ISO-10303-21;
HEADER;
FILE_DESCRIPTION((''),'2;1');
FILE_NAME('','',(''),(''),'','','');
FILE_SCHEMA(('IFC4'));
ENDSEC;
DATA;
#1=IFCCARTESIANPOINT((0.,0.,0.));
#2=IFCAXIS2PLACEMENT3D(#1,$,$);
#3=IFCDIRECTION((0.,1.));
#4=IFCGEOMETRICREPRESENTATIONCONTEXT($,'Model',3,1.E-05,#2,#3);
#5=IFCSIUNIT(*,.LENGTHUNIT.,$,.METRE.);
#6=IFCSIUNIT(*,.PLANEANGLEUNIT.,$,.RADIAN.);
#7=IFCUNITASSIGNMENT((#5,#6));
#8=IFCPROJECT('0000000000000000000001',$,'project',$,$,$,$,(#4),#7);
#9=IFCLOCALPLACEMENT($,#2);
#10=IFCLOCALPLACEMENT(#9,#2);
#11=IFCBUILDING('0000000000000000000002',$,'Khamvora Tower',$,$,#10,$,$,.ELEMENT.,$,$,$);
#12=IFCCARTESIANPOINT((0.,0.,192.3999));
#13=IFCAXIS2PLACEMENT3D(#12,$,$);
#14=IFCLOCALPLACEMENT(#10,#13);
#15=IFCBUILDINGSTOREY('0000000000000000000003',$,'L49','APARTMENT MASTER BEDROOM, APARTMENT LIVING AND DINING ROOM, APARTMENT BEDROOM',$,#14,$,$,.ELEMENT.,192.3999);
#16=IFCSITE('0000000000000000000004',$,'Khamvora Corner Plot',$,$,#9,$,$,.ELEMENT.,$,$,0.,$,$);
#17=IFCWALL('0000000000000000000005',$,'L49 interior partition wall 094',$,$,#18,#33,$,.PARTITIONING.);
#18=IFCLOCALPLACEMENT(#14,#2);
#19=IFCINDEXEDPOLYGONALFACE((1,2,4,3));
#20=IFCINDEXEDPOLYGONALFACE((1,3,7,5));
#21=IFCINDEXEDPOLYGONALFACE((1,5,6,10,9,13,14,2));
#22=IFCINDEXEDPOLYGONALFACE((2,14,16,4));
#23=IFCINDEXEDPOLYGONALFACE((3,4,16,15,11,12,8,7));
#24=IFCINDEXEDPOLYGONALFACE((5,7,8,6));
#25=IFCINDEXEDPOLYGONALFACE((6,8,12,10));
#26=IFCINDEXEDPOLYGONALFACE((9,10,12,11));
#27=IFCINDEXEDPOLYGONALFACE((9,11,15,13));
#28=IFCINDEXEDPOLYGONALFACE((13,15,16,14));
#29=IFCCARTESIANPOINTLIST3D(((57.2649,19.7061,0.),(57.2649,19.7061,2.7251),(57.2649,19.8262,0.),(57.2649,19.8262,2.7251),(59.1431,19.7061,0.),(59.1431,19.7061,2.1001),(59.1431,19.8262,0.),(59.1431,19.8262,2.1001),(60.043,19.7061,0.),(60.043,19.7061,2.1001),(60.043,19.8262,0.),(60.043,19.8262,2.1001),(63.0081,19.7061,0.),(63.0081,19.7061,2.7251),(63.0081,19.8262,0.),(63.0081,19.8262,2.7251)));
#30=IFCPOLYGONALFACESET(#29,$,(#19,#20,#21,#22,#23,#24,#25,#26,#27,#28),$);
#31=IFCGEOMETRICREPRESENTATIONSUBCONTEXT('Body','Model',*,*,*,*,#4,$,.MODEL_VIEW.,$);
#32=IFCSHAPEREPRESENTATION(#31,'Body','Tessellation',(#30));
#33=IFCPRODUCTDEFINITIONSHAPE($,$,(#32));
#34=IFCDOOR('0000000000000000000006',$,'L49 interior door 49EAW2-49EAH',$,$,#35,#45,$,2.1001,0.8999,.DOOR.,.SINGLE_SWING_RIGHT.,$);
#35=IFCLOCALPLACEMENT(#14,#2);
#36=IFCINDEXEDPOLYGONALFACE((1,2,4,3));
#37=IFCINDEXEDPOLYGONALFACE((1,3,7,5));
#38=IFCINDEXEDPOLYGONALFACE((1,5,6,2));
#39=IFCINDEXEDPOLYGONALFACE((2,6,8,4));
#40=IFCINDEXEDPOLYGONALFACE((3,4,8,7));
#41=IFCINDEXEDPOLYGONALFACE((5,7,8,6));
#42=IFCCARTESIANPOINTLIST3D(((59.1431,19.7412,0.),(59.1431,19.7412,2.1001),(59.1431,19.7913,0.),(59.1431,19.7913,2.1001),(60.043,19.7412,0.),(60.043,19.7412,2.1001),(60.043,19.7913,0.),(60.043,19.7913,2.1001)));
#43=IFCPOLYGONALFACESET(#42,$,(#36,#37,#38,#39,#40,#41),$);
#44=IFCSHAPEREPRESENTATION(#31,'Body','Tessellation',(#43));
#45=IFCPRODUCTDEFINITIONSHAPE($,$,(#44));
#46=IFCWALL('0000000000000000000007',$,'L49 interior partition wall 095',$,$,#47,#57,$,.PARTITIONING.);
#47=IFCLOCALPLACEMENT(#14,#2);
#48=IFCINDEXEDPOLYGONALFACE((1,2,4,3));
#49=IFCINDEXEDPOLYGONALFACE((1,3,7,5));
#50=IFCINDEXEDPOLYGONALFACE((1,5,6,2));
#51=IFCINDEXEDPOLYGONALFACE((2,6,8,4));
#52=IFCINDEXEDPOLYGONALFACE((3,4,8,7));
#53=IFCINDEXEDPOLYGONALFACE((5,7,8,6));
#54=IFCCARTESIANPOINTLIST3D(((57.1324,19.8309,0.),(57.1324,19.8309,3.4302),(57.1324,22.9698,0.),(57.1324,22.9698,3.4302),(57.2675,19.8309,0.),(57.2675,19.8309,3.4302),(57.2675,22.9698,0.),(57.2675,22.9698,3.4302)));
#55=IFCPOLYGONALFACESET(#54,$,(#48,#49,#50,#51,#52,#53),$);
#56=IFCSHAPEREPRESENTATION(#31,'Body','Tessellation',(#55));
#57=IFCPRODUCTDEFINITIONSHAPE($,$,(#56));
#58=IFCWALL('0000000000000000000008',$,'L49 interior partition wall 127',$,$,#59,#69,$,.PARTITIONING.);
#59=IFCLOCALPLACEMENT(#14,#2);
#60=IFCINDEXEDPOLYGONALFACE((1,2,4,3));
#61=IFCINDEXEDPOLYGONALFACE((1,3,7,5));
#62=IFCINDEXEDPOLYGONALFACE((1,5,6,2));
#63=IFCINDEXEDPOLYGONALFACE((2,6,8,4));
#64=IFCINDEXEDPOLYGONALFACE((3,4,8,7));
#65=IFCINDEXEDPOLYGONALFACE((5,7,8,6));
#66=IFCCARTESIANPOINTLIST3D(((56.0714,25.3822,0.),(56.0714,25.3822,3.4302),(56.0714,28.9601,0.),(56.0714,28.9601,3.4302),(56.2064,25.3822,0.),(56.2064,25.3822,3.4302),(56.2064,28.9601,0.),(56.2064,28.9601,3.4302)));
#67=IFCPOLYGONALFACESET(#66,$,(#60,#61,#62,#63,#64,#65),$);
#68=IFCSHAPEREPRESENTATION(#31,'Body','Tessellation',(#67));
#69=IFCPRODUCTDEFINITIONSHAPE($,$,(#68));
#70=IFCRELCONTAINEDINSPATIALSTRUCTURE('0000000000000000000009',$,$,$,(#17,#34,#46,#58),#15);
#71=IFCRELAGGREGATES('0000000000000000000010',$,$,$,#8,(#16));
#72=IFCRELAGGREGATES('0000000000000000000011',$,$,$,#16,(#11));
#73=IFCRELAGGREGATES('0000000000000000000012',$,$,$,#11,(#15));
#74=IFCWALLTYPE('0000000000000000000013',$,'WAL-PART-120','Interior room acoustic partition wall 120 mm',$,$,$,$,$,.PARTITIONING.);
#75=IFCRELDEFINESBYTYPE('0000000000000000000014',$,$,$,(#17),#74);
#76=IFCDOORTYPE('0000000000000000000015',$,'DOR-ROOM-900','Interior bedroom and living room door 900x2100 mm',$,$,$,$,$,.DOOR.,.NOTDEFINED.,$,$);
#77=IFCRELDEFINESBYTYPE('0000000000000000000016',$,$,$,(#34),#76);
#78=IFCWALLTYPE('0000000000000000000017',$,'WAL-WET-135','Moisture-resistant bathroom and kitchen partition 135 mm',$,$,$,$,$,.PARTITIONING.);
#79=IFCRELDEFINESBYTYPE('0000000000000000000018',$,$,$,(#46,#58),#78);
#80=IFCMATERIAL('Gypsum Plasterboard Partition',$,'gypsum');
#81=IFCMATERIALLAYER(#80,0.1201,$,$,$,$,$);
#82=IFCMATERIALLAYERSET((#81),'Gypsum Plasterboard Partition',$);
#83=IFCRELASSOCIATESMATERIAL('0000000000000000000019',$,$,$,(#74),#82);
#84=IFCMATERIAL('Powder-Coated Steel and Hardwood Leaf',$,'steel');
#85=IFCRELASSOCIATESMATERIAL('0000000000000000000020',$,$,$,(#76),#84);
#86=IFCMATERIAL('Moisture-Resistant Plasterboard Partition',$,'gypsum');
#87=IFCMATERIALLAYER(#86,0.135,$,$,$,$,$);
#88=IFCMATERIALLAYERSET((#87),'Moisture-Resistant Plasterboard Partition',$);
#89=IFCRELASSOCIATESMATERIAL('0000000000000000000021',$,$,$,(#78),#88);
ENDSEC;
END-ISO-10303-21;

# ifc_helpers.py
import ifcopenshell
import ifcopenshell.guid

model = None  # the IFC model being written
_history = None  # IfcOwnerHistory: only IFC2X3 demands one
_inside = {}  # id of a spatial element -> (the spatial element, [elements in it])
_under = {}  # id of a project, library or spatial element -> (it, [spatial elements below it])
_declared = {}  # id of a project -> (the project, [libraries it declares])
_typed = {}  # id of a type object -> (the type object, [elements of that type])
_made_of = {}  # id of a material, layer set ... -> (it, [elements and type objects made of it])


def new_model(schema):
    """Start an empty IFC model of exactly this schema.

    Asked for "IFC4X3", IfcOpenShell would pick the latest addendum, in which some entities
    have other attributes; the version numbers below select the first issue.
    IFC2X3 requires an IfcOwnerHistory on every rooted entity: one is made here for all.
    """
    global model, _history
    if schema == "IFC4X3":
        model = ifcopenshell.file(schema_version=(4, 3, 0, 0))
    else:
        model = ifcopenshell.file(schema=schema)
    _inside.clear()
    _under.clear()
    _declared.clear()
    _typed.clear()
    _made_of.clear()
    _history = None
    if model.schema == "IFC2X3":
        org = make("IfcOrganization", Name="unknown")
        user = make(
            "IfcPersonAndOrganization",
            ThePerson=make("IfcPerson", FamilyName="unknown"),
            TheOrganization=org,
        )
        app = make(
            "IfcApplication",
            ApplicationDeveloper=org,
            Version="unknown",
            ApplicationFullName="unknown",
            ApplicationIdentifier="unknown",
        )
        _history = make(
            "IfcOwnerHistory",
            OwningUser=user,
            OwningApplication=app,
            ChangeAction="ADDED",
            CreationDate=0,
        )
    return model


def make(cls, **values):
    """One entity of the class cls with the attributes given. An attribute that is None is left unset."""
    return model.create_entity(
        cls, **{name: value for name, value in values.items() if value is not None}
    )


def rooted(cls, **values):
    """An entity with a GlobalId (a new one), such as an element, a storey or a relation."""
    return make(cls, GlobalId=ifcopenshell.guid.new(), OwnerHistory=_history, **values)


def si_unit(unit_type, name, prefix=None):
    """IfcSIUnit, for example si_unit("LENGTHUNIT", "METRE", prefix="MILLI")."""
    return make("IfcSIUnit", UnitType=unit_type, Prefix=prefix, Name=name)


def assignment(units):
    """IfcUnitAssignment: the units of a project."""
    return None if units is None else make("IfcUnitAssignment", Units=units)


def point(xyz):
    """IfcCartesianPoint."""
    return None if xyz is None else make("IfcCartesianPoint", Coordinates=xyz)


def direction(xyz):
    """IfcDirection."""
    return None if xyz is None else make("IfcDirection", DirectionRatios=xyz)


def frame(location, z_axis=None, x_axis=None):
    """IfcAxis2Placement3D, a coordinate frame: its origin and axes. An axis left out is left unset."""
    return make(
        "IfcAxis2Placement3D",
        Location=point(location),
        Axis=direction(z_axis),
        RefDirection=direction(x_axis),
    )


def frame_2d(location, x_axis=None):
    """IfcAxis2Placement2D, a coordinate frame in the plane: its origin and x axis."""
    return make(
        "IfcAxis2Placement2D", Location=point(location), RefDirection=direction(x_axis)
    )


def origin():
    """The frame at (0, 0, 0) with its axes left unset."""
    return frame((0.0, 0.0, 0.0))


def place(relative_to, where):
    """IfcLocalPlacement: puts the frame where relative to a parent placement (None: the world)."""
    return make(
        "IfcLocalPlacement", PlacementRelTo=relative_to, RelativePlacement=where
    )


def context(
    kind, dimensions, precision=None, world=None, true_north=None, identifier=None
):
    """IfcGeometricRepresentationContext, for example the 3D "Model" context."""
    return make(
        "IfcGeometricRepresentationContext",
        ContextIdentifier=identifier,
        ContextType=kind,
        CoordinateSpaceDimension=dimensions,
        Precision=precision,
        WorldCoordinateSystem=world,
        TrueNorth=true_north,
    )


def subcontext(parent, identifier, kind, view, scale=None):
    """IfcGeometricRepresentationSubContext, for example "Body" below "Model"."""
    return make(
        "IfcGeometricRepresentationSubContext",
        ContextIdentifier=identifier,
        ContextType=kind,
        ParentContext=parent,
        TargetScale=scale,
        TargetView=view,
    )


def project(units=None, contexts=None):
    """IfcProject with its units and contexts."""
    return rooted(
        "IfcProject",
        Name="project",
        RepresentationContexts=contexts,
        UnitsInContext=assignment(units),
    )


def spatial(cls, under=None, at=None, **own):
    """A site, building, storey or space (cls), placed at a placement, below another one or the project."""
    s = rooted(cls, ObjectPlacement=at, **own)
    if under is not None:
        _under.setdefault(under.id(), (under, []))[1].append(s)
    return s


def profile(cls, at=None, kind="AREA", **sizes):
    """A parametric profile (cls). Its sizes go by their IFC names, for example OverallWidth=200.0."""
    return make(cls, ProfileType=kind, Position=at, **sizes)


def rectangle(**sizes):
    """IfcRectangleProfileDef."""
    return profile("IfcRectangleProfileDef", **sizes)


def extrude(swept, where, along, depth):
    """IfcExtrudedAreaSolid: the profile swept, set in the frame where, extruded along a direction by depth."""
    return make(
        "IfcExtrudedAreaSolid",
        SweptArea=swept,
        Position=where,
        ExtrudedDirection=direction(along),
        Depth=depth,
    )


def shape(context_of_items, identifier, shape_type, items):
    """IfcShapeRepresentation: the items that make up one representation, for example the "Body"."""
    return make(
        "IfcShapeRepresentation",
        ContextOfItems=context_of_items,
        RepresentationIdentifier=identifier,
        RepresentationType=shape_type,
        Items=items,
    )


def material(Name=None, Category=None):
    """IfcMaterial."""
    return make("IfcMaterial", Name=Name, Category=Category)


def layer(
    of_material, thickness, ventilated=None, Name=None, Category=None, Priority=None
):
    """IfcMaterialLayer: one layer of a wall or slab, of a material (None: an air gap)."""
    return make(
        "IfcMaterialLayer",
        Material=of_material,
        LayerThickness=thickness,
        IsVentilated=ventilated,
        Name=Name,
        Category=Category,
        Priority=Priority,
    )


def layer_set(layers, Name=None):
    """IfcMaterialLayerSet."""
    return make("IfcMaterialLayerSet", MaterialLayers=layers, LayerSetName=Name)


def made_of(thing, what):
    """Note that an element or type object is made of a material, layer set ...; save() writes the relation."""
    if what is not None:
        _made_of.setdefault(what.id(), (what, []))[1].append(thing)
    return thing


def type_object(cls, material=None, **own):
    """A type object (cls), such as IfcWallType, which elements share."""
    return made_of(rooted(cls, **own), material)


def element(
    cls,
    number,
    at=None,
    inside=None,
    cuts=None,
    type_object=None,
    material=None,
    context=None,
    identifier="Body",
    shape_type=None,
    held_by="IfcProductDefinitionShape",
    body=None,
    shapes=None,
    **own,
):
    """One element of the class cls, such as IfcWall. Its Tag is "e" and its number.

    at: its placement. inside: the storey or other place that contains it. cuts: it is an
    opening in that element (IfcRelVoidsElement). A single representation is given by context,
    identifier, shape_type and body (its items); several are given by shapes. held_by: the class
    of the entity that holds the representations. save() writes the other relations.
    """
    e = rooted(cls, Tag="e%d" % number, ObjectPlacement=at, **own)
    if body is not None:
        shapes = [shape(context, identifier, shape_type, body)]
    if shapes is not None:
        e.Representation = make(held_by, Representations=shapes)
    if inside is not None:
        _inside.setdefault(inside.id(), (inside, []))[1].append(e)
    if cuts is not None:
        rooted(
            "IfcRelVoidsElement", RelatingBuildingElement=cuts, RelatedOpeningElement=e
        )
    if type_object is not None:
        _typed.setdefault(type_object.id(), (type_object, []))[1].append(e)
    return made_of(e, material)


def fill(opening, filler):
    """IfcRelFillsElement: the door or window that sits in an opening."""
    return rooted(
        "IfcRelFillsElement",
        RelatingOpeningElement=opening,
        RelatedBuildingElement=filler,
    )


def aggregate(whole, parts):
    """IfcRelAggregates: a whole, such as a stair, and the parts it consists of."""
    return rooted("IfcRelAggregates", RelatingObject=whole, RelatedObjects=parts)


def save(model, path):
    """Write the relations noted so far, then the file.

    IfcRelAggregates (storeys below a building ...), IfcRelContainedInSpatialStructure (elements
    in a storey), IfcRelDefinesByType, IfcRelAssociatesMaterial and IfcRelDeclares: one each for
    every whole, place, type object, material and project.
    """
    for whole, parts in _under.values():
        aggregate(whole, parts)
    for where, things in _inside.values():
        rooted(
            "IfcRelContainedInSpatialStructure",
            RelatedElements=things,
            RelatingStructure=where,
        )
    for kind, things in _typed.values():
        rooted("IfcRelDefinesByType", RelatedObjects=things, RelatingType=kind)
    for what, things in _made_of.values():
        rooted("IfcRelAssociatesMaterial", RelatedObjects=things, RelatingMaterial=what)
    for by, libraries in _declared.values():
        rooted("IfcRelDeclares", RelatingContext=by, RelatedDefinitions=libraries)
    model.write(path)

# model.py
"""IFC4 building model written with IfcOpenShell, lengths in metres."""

from ifc_helpers import new_model, si_unit, direction, frame, frame_2d, origin, place, context, subcontext, project, spatial, rectangle, extrude, material, layer, layer_set, type_object, element, fill, save


model = new_model("IFC4")

# Units and contexts
model_context = context("Model", 3, precision=1e-05, world=origin(), true_north=direction((0.0, 1.0)))
body_context = subcontext(model_context, "Body", "Model", "MODEL_VIEW")
ifc_project = project(units=[si_unit("LENGTHUNIT", "METRE"), si_unit("PLANEANGLEUNIT", "RADIAN")], contexts=[model_context])

# Site, building, storey
site_placement = place(None, origin())
site = spatial("IfcSite", under=ifc_project, at=site_placement, Name="Khamvora Corner Plot", CompositionType="ELEMENT", RefElevation=0.0)
building_placement = place(site_placement, origin())
building = spatial("IfcBuilding", under=site, at=building_placement, Name="Khamvora Tower", CompositionType="ELEMENT")
storey_placement = place(building_placement, frame((0.0, 0.0, 192.3999)))
storey = spatial("IfcBuildingStorey", under=building, at=storey_placement, Name="L49", Description="APARTMENT MASTER BEDROOM, APARTMENT LIVING AND DINING ROOM, APARTMENT BEDROOM", CompositionType="ELEMENT", Elevation=192.3999)

# Shared definitions
ifc_material_1 = material(Name="Powder-Coated Steel and Hardwood Leaf", Category="steel")

# Wall, opening, door
ifc_material_2 = material(Name="Gypsum Plasterboard Partition", Category="gypsum")
ifc_layer_1 = layer(ifc_material_2, 0.1201)
ifc_layer_set_1 = layer_set([ifc_layer_1], Name="Gypsum Plasterboard Partition")
wall_type_1 = type_object("IfcWallType", Name="WAL-PART-120", Description="Interior room acoustic partition wall 120 mm", PredefinedType="PARTITIONING", material=ifc_layer_set_1)
wall_1_placement = place(storey_placement, frame((63.0081, 19.7661, 0.0), z_axis=(0.0, 0.0, 1.0), x_axis=(-1.0, 0.0, 0.0)))
wall_1 = element("IfcWall", 1, at=wall_1_placement, inside=storey, type_object=wall_type_1, Name="L49 interior partition wall 094", PredefinedType="PARTITIONING", context=body_context, shape_type="SweptSolid", body=[
    extrude(rectangle(XDim=5.7432, YDim=0.1201, at=frame_2d((2.8716, 0.0))), origin(), (0.0, 0.0, 1.0), 2.7251),
])
opening_1_placement = place(wall_1_placement, frame((2.9651, 0.0, 0.0)))
opening_1 = element("IfcOpeningElement", 2, at=opening_1_placement, cuts=wall_1, PredefinedType="OPENING", context=body_context, shape_type="SweptSolid", body=[
    extrude(rectangle(XDim=0.8999, YDim=2.1001, at=frame_2d((0.45, 1.05))), frame((0.0, 0.0701, 0.0), z_axis=(0.0, -1.0, 0.0), x_axis=(1.0, 0.0, 0.0)), (0.0, 0.0, 1.0), 0.1401),
])
door_type_1 = type_object("IfcDoorType", Name="DOR-ROOM-900", Description="Interior bedroom and living room door 900x2100 mm", OperationType="NOTDEFINED", PredefinedType="DOOR", material=ifc_material_1)
door_1_placement = place(opening_1_placement, origin())
door_1 = element("IfcDoor", 3, at=door_1_placement, inside=storey, type_object=door_type_1, Name="L49 interior door 49EAW2-49EAH", OperationType="SINGLE_SWING_RIGHT", OverallHeight=2.1001, OverallWidth=0.8999, PredefinedType="DOOR", context=body_context, shape_type="SweptSolid", body=[
    extrude(rectangle(XDim=0.8999, YDim=2.1001, at=frame_2d((0.45, 1.05))), frame((0.0, 0.0249, 0.0), z_axis=(0.0, -1.0, 0.0), x_axis=(1.0, 0.0, 0.0)), (0.0, 0.0, 1.0), 0.05),
])
fill(opening_1, door_1)

# Walls
ifc_material_3 = material(Name="Moisture-Resistant Plasterboard Partition", Category="gypsum")
ifc_layer_2 = layer(ifc_material_3, 0.135)
ifc_layer_set_2 = layer_set([ifc_layer_2], Name="Moisture-Resistant Plasterboard Partition")
wall_type_2 = type_object("IfcWallType", Name="WAL-WET-135", Description="Moisture-resistant bathroom and kitchen partition 135 mm", PredefinedType="PARTITIONING", material=ifc_layer_set_2)
wall_2_placement = place(storey_placement, frame((57.2, 19.8311, 0.0), z_axis=(0.0, 0.0, 1.0), x_axis=(0.0, 1.0, 0.0)))
element("IfcWall", 4, at=wall_2_placement, inside=storey, type_object=wall_type_2, Name="L49 interior partition wall 095", PredefinedType="PARTITIONING", context=body_context, shape_type="SweptSolid", body=[
    extrude(rectangle(XDim=3.1389, YDim=0.135, at=frame_2d((1.5693, 0.0))), origin(), (0.0, 0.0, 1.0), 3.4302),
])
wall_3_placement = place(storey_placement, frame((56.1389, 25.3821, 0.0), z_axis=(0.0, 0.0, 1.0), x_axis=(0.0, 1.0, 0.0)))
element("IfcWall", 5, at=wall_3_placement, inside=storey, type_object=wall_type_2, Name="L49 interior partition wall 127", PredefinedType="PARTITIONING", context=body_context, shape_type="SweptSolid", body=[
    extrude(rectangle(XDim=3.5779, YDim=0.135, at=frame_2d((1.7891, 0.0))), origin(), (0.0, 0.0, 1.0), 3.4302),
])

save(model, "model.ifc")
